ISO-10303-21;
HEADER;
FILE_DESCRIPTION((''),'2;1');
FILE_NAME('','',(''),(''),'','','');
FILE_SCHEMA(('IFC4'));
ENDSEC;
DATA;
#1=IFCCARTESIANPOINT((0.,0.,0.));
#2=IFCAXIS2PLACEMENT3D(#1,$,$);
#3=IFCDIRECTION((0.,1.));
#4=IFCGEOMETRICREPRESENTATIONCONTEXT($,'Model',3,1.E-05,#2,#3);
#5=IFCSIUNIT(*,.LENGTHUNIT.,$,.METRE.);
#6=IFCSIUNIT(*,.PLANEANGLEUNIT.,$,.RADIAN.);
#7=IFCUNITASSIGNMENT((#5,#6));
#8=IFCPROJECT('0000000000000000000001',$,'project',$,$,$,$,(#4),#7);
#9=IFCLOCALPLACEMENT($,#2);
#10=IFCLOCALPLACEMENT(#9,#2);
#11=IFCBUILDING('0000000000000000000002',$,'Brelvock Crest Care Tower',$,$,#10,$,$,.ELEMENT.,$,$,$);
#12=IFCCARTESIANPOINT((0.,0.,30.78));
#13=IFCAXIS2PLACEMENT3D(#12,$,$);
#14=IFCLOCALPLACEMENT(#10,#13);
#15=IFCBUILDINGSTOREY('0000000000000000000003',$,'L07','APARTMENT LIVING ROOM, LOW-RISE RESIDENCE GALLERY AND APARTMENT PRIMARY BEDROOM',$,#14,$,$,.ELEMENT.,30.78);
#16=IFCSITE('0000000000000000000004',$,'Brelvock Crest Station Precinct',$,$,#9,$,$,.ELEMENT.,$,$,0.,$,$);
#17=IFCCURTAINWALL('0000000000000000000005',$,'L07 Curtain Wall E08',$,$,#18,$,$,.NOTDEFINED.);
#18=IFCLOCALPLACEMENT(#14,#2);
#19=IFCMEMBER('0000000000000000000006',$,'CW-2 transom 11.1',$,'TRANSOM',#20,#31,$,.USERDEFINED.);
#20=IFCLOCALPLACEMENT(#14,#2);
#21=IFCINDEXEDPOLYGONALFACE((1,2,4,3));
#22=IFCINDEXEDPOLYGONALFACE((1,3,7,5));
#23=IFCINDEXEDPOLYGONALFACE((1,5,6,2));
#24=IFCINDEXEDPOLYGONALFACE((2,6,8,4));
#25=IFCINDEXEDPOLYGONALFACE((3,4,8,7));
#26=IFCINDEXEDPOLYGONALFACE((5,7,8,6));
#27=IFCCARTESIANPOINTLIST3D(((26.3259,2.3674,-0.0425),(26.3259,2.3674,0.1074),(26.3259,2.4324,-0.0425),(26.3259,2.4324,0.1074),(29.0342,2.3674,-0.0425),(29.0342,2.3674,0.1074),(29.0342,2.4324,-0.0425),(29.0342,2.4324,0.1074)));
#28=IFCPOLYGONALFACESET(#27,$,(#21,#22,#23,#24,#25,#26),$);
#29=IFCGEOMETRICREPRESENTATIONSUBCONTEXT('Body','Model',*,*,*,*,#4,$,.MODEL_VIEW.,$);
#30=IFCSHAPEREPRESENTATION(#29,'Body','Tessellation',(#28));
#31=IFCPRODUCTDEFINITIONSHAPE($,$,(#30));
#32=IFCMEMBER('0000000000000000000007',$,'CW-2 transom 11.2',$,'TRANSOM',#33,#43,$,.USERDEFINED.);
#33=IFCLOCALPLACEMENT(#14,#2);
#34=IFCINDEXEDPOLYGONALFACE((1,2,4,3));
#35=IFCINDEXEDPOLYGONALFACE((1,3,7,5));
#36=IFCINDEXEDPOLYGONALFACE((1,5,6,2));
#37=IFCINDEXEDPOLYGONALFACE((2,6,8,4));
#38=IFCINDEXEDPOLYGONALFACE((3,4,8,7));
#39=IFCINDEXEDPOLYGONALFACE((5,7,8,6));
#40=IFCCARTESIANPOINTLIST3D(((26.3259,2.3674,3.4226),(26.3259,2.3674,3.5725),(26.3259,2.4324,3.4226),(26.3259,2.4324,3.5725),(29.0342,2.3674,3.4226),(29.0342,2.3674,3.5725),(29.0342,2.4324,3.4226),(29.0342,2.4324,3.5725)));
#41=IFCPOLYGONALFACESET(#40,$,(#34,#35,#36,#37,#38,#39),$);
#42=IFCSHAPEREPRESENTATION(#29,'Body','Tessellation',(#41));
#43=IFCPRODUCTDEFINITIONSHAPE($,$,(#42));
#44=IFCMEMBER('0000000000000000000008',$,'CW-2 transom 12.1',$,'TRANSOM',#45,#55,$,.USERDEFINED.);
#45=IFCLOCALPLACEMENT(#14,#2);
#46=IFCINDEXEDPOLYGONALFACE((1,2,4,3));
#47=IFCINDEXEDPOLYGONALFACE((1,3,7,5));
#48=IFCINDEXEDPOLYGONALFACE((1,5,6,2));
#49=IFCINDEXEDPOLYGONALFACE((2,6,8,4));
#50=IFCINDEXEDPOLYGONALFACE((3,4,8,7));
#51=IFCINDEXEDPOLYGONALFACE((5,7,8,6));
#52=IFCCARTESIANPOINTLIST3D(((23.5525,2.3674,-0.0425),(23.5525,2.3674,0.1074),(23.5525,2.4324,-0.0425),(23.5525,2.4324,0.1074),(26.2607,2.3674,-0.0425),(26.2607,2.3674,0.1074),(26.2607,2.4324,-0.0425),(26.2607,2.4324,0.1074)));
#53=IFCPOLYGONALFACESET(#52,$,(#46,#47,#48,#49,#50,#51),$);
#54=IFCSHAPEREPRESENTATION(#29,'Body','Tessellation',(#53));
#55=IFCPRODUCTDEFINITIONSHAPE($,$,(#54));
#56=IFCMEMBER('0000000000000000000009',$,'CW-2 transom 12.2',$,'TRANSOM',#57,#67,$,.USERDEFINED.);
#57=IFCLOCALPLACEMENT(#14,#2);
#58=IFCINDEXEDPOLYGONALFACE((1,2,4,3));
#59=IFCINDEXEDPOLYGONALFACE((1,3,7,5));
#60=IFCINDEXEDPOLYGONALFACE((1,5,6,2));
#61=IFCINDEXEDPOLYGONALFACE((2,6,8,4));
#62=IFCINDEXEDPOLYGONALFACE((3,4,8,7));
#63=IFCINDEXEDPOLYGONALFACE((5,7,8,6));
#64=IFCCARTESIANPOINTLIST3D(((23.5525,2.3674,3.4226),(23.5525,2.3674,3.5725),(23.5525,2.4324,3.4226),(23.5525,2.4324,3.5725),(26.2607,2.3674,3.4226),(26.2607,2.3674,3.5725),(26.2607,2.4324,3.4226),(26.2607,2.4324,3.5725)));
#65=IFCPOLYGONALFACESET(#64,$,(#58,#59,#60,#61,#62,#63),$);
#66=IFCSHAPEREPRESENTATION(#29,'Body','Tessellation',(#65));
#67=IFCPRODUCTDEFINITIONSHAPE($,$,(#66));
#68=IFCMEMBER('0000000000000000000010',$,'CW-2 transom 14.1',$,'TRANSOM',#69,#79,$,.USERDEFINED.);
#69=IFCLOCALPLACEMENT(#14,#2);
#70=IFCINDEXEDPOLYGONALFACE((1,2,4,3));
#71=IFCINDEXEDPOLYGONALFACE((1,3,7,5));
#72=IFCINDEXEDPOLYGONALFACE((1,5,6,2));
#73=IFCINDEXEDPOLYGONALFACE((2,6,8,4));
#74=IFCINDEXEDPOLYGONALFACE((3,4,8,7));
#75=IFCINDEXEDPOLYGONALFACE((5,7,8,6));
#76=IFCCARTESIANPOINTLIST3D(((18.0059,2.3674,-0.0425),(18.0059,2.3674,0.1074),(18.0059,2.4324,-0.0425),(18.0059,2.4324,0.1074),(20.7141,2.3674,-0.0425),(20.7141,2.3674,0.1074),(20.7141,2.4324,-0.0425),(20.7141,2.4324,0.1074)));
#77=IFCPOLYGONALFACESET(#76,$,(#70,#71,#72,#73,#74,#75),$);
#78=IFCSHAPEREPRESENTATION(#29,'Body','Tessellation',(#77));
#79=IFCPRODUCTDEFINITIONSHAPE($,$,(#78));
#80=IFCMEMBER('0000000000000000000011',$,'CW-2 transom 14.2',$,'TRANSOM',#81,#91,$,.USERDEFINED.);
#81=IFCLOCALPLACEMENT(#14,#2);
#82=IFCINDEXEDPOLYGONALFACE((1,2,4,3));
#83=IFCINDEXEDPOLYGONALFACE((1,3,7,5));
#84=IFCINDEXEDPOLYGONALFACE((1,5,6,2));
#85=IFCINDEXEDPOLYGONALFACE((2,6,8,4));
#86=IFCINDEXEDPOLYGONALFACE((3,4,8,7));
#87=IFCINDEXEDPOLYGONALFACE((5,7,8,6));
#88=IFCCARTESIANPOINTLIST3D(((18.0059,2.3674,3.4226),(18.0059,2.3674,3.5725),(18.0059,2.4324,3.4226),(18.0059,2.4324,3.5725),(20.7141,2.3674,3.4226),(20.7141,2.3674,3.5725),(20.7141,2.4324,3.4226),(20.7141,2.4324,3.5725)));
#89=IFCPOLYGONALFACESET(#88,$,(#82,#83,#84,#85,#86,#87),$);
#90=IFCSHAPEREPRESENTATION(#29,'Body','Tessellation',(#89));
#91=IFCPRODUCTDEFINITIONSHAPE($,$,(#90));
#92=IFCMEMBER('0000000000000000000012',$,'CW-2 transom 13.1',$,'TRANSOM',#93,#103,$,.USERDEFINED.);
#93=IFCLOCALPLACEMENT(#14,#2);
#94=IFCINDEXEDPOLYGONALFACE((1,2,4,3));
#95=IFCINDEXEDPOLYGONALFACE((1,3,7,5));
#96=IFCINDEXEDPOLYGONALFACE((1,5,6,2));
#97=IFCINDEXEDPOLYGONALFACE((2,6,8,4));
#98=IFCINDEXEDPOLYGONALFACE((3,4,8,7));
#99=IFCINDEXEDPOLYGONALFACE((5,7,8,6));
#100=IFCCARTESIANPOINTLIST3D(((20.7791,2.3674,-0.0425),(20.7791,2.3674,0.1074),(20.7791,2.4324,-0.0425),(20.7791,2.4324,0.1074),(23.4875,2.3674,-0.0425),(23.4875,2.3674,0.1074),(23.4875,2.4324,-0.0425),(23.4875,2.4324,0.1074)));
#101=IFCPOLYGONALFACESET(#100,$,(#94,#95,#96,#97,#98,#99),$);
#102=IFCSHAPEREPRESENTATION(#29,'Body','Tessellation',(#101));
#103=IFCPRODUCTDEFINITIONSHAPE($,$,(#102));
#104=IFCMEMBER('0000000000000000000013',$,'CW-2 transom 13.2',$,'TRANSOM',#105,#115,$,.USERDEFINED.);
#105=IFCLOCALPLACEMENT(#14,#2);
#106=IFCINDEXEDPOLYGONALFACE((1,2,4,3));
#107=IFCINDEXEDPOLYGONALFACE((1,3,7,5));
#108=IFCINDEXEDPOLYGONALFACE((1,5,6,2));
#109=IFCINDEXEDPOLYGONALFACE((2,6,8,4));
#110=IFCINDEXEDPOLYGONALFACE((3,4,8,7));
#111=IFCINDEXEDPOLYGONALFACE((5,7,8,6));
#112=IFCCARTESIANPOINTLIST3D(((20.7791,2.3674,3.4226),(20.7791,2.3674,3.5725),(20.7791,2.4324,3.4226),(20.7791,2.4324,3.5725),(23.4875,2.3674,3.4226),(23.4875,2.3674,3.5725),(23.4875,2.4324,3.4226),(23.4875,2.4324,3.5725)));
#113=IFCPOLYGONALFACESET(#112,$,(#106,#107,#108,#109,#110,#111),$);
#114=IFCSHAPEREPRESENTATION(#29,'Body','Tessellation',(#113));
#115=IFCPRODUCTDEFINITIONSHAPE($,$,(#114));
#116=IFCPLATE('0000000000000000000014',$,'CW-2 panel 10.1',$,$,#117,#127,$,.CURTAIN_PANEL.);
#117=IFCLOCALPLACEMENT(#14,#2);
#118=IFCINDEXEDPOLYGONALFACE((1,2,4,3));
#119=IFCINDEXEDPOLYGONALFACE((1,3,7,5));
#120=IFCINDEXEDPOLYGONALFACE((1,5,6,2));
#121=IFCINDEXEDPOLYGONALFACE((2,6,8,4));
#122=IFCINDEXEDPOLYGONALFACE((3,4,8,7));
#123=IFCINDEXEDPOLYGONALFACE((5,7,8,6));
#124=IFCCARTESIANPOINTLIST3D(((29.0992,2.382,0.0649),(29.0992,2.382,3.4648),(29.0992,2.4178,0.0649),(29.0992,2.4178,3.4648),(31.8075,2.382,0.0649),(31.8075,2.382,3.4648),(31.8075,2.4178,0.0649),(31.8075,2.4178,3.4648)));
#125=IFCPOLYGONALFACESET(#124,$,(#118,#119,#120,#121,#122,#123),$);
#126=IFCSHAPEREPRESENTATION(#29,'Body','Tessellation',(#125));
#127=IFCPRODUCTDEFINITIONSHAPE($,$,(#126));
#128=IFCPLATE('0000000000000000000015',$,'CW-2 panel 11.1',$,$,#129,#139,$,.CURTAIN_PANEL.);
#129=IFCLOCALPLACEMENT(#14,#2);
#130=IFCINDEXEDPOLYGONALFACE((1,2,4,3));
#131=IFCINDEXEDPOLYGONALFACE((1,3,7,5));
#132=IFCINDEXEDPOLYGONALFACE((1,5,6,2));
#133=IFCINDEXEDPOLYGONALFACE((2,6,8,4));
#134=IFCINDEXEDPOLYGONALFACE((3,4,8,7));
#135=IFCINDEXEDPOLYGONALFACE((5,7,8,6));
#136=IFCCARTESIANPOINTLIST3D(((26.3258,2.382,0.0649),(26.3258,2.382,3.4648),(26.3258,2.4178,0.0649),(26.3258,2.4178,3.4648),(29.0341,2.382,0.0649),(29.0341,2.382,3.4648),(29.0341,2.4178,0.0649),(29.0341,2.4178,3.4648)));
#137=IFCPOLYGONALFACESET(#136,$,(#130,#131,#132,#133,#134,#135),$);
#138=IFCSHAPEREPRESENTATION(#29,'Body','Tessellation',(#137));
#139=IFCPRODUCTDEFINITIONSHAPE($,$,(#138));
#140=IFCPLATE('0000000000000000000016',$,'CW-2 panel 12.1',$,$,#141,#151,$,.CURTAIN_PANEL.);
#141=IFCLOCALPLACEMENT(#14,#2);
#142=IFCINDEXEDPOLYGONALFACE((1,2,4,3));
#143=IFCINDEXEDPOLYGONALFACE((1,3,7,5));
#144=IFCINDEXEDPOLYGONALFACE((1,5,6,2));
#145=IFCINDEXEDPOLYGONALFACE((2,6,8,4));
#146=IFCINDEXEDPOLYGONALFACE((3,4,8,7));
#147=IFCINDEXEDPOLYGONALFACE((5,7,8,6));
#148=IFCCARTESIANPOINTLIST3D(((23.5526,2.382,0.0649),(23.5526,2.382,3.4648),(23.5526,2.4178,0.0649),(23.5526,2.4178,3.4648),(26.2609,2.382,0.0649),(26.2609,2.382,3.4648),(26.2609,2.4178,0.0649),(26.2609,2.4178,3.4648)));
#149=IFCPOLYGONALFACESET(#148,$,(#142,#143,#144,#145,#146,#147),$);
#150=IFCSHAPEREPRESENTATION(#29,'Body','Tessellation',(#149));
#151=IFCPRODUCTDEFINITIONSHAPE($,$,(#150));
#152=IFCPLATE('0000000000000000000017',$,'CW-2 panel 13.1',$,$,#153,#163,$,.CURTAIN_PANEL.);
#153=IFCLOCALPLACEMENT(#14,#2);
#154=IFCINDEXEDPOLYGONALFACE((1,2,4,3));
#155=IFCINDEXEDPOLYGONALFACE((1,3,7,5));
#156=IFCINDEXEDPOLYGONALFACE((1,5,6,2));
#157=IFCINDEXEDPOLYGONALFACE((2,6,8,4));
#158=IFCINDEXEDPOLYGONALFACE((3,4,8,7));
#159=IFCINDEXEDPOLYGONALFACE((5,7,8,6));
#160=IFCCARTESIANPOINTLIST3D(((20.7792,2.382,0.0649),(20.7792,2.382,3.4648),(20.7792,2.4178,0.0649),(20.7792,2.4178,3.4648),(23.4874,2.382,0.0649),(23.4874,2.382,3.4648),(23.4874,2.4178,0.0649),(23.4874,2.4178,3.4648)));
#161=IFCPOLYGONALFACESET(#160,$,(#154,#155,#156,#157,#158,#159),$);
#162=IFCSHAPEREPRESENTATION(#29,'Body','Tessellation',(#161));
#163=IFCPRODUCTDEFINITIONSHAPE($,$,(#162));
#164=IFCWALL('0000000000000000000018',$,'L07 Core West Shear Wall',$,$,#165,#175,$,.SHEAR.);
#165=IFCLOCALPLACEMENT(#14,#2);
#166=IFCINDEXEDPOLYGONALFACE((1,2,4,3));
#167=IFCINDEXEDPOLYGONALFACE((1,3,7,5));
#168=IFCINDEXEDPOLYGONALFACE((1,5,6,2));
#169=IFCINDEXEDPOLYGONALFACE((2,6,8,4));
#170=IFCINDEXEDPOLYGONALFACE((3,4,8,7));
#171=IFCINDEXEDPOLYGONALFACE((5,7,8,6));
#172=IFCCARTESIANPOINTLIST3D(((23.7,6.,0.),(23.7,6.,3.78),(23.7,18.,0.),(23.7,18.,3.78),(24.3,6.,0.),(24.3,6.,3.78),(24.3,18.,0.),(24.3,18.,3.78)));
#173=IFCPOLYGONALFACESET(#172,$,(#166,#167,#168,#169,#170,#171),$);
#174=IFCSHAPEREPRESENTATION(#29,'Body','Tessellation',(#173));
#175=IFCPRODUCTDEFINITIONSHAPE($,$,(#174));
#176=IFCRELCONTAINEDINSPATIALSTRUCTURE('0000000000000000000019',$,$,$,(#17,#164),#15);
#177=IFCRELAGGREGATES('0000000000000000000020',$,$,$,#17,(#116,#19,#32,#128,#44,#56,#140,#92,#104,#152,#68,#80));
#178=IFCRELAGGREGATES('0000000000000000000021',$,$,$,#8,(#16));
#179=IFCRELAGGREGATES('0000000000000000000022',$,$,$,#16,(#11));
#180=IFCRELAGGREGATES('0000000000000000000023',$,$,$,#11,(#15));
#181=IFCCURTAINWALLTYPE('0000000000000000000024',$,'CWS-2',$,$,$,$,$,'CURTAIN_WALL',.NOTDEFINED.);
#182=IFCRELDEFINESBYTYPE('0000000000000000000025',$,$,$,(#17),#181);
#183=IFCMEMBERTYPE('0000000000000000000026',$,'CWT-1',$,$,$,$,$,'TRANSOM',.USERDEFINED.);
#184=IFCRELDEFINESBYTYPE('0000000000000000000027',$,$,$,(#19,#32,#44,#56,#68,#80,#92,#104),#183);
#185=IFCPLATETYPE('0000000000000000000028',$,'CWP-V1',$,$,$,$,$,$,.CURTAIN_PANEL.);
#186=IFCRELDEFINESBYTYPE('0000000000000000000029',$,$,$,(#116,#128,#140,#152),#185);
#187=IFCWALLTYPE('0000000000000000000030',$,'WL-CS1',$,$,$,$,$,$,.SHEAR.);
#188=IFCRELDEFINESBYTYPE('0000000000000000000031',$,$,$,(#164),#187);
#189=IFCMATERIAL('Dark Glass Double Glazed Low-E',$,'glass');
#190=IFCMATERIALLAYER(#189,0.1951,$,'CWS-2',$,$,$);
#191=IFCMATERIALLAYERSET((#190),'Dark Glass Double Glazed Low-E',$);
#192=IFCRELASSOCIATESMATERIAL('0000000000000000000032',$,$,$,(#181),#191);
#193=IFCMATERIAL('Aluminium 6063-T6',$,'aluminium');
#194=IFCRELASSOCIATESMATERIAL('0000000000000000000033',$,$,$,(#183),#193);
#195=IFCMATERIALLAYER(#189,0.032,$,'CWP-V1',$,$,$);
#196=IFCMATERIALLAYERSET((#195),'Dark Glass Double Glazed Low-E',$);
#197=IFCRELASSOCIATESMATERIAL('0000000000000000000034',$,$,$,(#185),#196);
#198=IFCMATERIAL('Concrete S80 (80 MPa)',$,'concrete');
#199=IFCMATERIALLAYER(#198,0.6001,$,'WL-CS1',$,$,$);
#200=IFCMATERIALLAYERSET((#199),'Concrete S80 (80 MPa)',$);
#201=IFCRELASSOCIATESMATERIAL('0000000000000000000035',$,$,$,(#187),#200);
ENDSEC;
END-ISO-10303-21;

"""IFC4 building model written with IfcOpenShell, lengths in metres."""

from ifc_helpers import new_model, si_unit, direction, frame, frame_2d, origin, origin_2d, place, context, subcontext, project, spatial, rectangle, extrude, source, transform, mapped, material, layer, layer_set, material_profile, profile_set, type_object, element, aggregate, save


model = new_model("IFC4")

# Units and contexts
model_context = context("Model", 3, precision=1e-05, world=origin(), true_north=direction((0.0, 1.0)))
body_context = subcontext(model_context, "Body", "Model", "MODEL_VIEW")
ifc_project = project(units=[si_unit("LENGTHUNIT", "METRE"), si_unit("PLANEANGLEUNIT", "RADIAN")], contexts=[model_context])

# Site, building, storey
site_placement = place(None, origin())
site = spatial("IfcSite", under=ifc_project, at=site_placement, Name="Brelvock Crest Station Precinct", CompositionType="ELEMENT", RefElevation=0.0)
building_placement = place(site_placement, origin())
building = spatial("IfcBuilding", under=site, at=building_placement, Name="Brelvock Crest Care Tower", CompositionType="ELEMENT")
storey_placement = place(building_placement, frame((0.0, 0.0, 30.78)))
storey = spatial("IfcBuildingStorey", under=building, at=storey_placement, Name="L07", Description="APARTMENT LIVING ROOM, LOW-RISE RESIDENCE GALLERY AND APARTMENT PRIMARY BEDROOM", CompositionType="ELEMENT", Elevation=30.78)

# Shared definitions
ifc_material_1 = material(Name="Concrete S80 (80 MPa)", Category="concrete")

# Curtain wall, members, plates
ifc_material_2 = material(Name="Dark Glass Double Glazed Low-E", Category="glass")
ifc_layer_1 = layer(ifc_material_2, 0.1951, Name="CWS-2")
ifc_layer_set_1 = layer_set([ifc_layer_1], Name="Dark Glass Double Glazed Low-E")
curtain_wall_type = type_object("IfcCurtainWallType", Name="CWS-2", ElementType="CURTAIN_WALL", PredefinedType="NOTDEFINED", material=ifc_layer_set_1)
curtain_wall_placement = place(storey_placement, origin())
curtain_wall = element("IfcCurtainWall", 1, at=curtain_wall_placement, inside=storey, type_object=curtain_wall_type, Name="L07 Curtain Wall E08", PredefinedType="NOTDEFINED")
ifc_material_3 = material(Name="Aluminium 6063-T6", Category="aluminium")
ifc_material_profile_1 = material_profile(ifc_material_3, rectangle(XDim=0.0649, YDim=0.1499, at=origin_2d()), Name="ALU65x150")
ifc_profile_set_1 = profile_set([ifc_material_profile_1], Name="Aluminium 6063-T6")
member_type_1 = type_object("IfcMemberType", Name="CWT-1", ElementType="TRANSOM", PredefinedType="USERDEFINED", material=ifc_profile_set_1)
shared_shape_1 = source(origin(), body_context, "Body", "SweptSolid", [
    extrude(rectangle(XDim=0.0649, YDim=0.1499, at=origin_2d()), origin(), (0.0, 0.0, 1.0), 2.7083),
])
member_1_placement = place(storey_placement, frame((29.0342, 2.3999, 0.0325), z_axis=(-1.0, 0.0, 0.0), x_axis=(0.0, -1.0, 0.0)))
member_1 = element("IfcMember", 2, at=member_1_placement, type_object=member_type_1, Name="CW-2 transom 11.1", ObjectType="TRANSOM", PredefinedType="USERDEFINED", context=body_context, shape_type="MappedRepresentation", body=[
    mapped(shared_shape_1, transform((0.0, 0.0, 0.0), x_axis=(1.0, 0.0, 0.0), y_axis=(0.0, 1.0, 0.0), z_axis=(0.0, 0.0, 1.0), scale=1.0)),
])
member_2_placement = place(storey_placement, frame((29.0342, 2.3999, 3.4976), z_axis=(-1.0, 0.0, 0.0), x_axis=(0.0, -1.0, 0.0)))
member_2 = element("IfcMember", 3, at=member_2_placement, type_object=member_type_1, Name="CW-2 transom 11.2", ObjectType="TRANSOM", PredefinedType="USERDEFINED", context=body_context, shape_type="MappedRepresentation", body=[
    mapped(shared_shape_1, transform((0.0, 0.0, 0.0), x_axis=(1.0, 0.0, 0.0), y_axis=(0.0, 1.0, 0.0), z_axis=(0.0, 0.0, 1.0), scale=1.0)),
])
member_3_placement = place(storey_placement, frame((26.2607, 2.3999, 0.0325), z_axis=(-1.0, 0.0, 0.0), x_axis=(0.0, -1.0, 0.0)))
member_3 = element("IfcMember", 4, at=member_3_placement, type_object=member_type_1, Name="CW-2 transom 12.1", ObjectType="TRANSOM", PredefinedType="USERDEFINED", context=body_context, shape_type="MappedRepresentation", body=[
    mapped(shared_shape_1, transform((0.0, 0.0, 0.0), x_axis=(1.0, 0.0, 0.0), y_axis=(0.0, 1.0, 0.0), z_axis=(0.0, 0.0, 1.0), scale=1.0)),
])
member_4_placement = place(storey_placement, frame((26.2607, 2.3999, 3.4976), z_axis=(-1.0, 0.0, 0.0), x_axis=(0.0, -1.0, 0.0)))
member_4 = element("IfcMember", 5, at=member_4_placement, type_object=member_type_1, Name="CW-2 transom 12.2", ObjectType="TRANSOM", PredefinedType="USERDEFINED", context=body_context, shape_type="MappedRepresentation", body=[
    mapped(shared_shape_1, transform((0.0, 0.0, 0.0), x_axis=(1.0, 0.0, 0.0), y_axis=(0.0, 1.0, 0.0), z_axis=(0.0, 0.0, 1.0), scale=1.0)),
])
member_5_placement = place(storey_placement, frame((20.7141, 2.3999, 0.0325), z_axis=(-1.0, 0.0, 0.0), x_axis=(0.0, -1.0, 0.0)))
member_5 = element("IfcMember", 6, at=member_5_placement, type_object=member_type_1, Name="CW-2 transom 14.1", ObjectType="TRANSOM", PredefinedType="USERDEFINED", context=body_context, shape_type="MappedRepresentation", body=[
    mapped(shared_shape_1, transform((0.0, 0.0, 0.0), x_axis=(1.0, 0.0, 0.0), y_axis=(0.0, 1.0, 0.0), z_axis=(0.0, 0.0, 1.0), scale=1.0)),
])
member_6_placement = place(storey_placement, frame((20.7141, 2.3999, 3.4976), z_axis=(-1.0, 0.0, 0.0), x_axis=(0.0, -1.0, 0.0)))
member_6 = element("IfcMember", 7, at=member_6_placement, type_object=member_type_1, Name="CW-2 transom 14.2", ObjectType="TRANSOM", PredefinedType="USERDEFINED", context=body_context, shape_type="MappedRepresentation", body=[
    mapped(shared_shape_1, transform((0.0, 0.0, 0.0), x_axis=(1.0, 0.0, 0.0), y_axis=(0.0, 1.0, 0.0), z_axis=(0.0, 0.0, 1.0), scale=1.0)),
])
shared_shape_2 = source(origin(), body_context, "Body", "SweptSolid", [
    extrude(rectangle(XDim=0.0649, YDim=0.1499, at=origin_2d()), origin(), (0.0, 0.0, 1.0), 2.7085),
])
member_7_placement = place(storey_placement, frame((23.4875, 2.3999, 0.0325), z_axis=(-1.0, 0.0, 0.0), x_axis=(0.0, -1.0, 0.0)))
member_7 = element("IfcMember", 8, at=member_7_placement, type_object=member_type_1, Name="CW-2 transom 13.1", ObjectType="TRANSOM", PredefinedType="USERDEFINED", context=body_context, shape_type="MappedRepresentation", body=[
    mapped(shared_shape_2, transform((0.0, 0.0, 0.0), x_axis=(1.0, 0.0, 0.0), y_axis=(0.0, 1.0, 0.0), z_axis=(0.0, 0.0, 1.0), scale=1.0)),
])
member_8_placement = place(storey_placement, frame((23.4875, 2.3999, 3.4976), z_axis=(-1.0, 0.0, 0.0), x_axis=(0.0, -1.0, 0.0)))
member_8 = element("IfcMember", 9, at=member_8_placement, type_object=member_type_1, Name="CW-2 transom 13.2", ObjectType="TRANSOM", PredefinedType="USERDEFINED", context=body_context, shape_type="MappedRepresentation", body=[
    mapped(shared_shape_2, transform((0.0, 0.0, 0.0), x_axis=(1.0, 0.0, 0.0), y_axis=(0.0, 1.0, 0.0), z_axis=(0.0, 0.0, 1.0), scale=1.0)),
])
ifc_layer_2 = layer(ifc_material_2, 0.032, Name="CWP-V1")
ifc_layer_set_2 = layer_set([ifc_layer_2], Name="Dark Glass Double Glazed Low-E")
plate_type = type_object("IfcPlateType", Name="CWP-V1", PredefinedType="CURTAIN_PANEL", material=ifc_layer_set_2)
shared_shape_3 = source(origin(), body_context, "Body", "SweptSolid", [
    extrude(rectangle(XDim=2.7083, YDim=0.0359, at=origin_2d()), origin(), (0.0, 0.0, 1.0), 3.3999),
])
plate_1_placement = place(storey_placement, frame((30.4534, 2.3999, 0.0649), z_axis=(0.0, 0.0, 1.0), x_axis=(-1.0, 0.0, 0.0)))
plate_1 = element("IfcPlate", 10, at=plate_1_placement, type_object=plate_type, Name="CW-2 panel 10.1", PredefinedType="CURTAIN_PANEL", context=body_context, shape_type="MappedRepresentation", body=[
    mapped(shared_shape_3, transform((0.0, 0.0, 0.0), x_axis=(1.0, 0.0, 0.0), y_axis=(0.0, 1.0, 0.0), z_axis=(0.0, 0.0, 1.0), scale=1.0)),
])
plate_2_placement = place(storey_placement, frame((27.6799, 2.3999, 0.0649), z_axis=(0.0, 0.0, 1.0), x_axis=(-1.0, 0.0, 0.0)))
plate_2 = element("IfcPlate", 11, at=plate_2_placement, type_object=plate_type, Name="CW-2 panel 11.1", PredefinedType="CURTAIN_PANEL", context=body_context, shape_type="MappedRepresentation", body=[
    mapped(shared_shape_3, transform((0.0, 0.0, 0.0), x_axis=(1.0, 0.0, 0.0), y_axis=(0.0, 1.0, 0.0), z_axis=(0.0, 0.0, 1.0), scale=1.0)),
])
plate_3_placement = place(storey_placement, frame((24.9067, 2.3999, 0.0649), z_axis=(0.0, 0.0, 1.0), x_axis=(-1.0, 0.0, 0.0)))
plate_3 = element("IfcPlate", 12, at=plate_3_placement, type_object=plate_type, Name="CW-2 panel 12.1", PredefinedType="CURTAIN_PANEL", context=body_context, shape_type="MappedRepresentation", body=[
    mapped(shared_shape_3, transform((0.0, 0.0, 0.0), x_axis=(1.0, 0.0, 0.0), y_axis=(0.0, 1.0, 0.0), z_axis=(0.0, 0.0, 1.0), scale=1.0)),
])
plate_4_placement = place(storey_placement, frame((22.1333, 2.3999, 0.0649), z_axis=(0.0, 0.0, 1.0), x_axis=(-1.0, 0.0, 0.0)))
plate_4 = element("IfcPlate", 13, at=plate_4_placement, type_object=plate_type, Name="CW-2 panel 13.1", PredefinedType="CURTAIN_PANEL", context=body_context, shape_type="MappedRepresentation", body=[
    mapped(shared_shape_3, transform((0.0, 0.0, 0.0), x_axis=(1.0, 0.0, 0.0), y_axis=(0.0, 1.0, 0.0), z_axis=(0.0, 0.0, 1.0), scale=1.0)),
])
aggregate(curtain_wall, [plate_1, member_1, member_2, plate_2, member_3, member_4, plate_3, member_7, member_8, plate_4, member_5, member_6])

# Wall
ifc_layer_3 = layer(ifc_material_1, 0.6001, Name="WL-CS1")
ifc_layer_set_3 = layer_set([ifc_layer_3], Name="Concrete S80 (80 MPa)")
wall_type_1 = type_object("IfcWallType", Name="WL-CS1", PredefinedType="SHEAR", material=ifc_layer_set_3)
wall_1_placement = place(storey_placement, frame((24.0, 6.0, 0.0), z_axis=(0.0, 0.0, 1.0), x_axis=(0.0, 1.0, 0.0)))
element("IfcWall", 14, at=wall_1_placement, inside=storey, type_object=wall_type_1, Name="L07 Core West Shear Wall", PredefinedType="SHEAR", context=body_context, shape_type="SweptSolid", body=[
    extrude(rectangle(XDim=12.0, YDim=0.6001, at=frame_2d((6.0, 0.0))), origin(), (0.0, 0.0, 1.0), 3.78),
])

save(model, "model.ifc")
